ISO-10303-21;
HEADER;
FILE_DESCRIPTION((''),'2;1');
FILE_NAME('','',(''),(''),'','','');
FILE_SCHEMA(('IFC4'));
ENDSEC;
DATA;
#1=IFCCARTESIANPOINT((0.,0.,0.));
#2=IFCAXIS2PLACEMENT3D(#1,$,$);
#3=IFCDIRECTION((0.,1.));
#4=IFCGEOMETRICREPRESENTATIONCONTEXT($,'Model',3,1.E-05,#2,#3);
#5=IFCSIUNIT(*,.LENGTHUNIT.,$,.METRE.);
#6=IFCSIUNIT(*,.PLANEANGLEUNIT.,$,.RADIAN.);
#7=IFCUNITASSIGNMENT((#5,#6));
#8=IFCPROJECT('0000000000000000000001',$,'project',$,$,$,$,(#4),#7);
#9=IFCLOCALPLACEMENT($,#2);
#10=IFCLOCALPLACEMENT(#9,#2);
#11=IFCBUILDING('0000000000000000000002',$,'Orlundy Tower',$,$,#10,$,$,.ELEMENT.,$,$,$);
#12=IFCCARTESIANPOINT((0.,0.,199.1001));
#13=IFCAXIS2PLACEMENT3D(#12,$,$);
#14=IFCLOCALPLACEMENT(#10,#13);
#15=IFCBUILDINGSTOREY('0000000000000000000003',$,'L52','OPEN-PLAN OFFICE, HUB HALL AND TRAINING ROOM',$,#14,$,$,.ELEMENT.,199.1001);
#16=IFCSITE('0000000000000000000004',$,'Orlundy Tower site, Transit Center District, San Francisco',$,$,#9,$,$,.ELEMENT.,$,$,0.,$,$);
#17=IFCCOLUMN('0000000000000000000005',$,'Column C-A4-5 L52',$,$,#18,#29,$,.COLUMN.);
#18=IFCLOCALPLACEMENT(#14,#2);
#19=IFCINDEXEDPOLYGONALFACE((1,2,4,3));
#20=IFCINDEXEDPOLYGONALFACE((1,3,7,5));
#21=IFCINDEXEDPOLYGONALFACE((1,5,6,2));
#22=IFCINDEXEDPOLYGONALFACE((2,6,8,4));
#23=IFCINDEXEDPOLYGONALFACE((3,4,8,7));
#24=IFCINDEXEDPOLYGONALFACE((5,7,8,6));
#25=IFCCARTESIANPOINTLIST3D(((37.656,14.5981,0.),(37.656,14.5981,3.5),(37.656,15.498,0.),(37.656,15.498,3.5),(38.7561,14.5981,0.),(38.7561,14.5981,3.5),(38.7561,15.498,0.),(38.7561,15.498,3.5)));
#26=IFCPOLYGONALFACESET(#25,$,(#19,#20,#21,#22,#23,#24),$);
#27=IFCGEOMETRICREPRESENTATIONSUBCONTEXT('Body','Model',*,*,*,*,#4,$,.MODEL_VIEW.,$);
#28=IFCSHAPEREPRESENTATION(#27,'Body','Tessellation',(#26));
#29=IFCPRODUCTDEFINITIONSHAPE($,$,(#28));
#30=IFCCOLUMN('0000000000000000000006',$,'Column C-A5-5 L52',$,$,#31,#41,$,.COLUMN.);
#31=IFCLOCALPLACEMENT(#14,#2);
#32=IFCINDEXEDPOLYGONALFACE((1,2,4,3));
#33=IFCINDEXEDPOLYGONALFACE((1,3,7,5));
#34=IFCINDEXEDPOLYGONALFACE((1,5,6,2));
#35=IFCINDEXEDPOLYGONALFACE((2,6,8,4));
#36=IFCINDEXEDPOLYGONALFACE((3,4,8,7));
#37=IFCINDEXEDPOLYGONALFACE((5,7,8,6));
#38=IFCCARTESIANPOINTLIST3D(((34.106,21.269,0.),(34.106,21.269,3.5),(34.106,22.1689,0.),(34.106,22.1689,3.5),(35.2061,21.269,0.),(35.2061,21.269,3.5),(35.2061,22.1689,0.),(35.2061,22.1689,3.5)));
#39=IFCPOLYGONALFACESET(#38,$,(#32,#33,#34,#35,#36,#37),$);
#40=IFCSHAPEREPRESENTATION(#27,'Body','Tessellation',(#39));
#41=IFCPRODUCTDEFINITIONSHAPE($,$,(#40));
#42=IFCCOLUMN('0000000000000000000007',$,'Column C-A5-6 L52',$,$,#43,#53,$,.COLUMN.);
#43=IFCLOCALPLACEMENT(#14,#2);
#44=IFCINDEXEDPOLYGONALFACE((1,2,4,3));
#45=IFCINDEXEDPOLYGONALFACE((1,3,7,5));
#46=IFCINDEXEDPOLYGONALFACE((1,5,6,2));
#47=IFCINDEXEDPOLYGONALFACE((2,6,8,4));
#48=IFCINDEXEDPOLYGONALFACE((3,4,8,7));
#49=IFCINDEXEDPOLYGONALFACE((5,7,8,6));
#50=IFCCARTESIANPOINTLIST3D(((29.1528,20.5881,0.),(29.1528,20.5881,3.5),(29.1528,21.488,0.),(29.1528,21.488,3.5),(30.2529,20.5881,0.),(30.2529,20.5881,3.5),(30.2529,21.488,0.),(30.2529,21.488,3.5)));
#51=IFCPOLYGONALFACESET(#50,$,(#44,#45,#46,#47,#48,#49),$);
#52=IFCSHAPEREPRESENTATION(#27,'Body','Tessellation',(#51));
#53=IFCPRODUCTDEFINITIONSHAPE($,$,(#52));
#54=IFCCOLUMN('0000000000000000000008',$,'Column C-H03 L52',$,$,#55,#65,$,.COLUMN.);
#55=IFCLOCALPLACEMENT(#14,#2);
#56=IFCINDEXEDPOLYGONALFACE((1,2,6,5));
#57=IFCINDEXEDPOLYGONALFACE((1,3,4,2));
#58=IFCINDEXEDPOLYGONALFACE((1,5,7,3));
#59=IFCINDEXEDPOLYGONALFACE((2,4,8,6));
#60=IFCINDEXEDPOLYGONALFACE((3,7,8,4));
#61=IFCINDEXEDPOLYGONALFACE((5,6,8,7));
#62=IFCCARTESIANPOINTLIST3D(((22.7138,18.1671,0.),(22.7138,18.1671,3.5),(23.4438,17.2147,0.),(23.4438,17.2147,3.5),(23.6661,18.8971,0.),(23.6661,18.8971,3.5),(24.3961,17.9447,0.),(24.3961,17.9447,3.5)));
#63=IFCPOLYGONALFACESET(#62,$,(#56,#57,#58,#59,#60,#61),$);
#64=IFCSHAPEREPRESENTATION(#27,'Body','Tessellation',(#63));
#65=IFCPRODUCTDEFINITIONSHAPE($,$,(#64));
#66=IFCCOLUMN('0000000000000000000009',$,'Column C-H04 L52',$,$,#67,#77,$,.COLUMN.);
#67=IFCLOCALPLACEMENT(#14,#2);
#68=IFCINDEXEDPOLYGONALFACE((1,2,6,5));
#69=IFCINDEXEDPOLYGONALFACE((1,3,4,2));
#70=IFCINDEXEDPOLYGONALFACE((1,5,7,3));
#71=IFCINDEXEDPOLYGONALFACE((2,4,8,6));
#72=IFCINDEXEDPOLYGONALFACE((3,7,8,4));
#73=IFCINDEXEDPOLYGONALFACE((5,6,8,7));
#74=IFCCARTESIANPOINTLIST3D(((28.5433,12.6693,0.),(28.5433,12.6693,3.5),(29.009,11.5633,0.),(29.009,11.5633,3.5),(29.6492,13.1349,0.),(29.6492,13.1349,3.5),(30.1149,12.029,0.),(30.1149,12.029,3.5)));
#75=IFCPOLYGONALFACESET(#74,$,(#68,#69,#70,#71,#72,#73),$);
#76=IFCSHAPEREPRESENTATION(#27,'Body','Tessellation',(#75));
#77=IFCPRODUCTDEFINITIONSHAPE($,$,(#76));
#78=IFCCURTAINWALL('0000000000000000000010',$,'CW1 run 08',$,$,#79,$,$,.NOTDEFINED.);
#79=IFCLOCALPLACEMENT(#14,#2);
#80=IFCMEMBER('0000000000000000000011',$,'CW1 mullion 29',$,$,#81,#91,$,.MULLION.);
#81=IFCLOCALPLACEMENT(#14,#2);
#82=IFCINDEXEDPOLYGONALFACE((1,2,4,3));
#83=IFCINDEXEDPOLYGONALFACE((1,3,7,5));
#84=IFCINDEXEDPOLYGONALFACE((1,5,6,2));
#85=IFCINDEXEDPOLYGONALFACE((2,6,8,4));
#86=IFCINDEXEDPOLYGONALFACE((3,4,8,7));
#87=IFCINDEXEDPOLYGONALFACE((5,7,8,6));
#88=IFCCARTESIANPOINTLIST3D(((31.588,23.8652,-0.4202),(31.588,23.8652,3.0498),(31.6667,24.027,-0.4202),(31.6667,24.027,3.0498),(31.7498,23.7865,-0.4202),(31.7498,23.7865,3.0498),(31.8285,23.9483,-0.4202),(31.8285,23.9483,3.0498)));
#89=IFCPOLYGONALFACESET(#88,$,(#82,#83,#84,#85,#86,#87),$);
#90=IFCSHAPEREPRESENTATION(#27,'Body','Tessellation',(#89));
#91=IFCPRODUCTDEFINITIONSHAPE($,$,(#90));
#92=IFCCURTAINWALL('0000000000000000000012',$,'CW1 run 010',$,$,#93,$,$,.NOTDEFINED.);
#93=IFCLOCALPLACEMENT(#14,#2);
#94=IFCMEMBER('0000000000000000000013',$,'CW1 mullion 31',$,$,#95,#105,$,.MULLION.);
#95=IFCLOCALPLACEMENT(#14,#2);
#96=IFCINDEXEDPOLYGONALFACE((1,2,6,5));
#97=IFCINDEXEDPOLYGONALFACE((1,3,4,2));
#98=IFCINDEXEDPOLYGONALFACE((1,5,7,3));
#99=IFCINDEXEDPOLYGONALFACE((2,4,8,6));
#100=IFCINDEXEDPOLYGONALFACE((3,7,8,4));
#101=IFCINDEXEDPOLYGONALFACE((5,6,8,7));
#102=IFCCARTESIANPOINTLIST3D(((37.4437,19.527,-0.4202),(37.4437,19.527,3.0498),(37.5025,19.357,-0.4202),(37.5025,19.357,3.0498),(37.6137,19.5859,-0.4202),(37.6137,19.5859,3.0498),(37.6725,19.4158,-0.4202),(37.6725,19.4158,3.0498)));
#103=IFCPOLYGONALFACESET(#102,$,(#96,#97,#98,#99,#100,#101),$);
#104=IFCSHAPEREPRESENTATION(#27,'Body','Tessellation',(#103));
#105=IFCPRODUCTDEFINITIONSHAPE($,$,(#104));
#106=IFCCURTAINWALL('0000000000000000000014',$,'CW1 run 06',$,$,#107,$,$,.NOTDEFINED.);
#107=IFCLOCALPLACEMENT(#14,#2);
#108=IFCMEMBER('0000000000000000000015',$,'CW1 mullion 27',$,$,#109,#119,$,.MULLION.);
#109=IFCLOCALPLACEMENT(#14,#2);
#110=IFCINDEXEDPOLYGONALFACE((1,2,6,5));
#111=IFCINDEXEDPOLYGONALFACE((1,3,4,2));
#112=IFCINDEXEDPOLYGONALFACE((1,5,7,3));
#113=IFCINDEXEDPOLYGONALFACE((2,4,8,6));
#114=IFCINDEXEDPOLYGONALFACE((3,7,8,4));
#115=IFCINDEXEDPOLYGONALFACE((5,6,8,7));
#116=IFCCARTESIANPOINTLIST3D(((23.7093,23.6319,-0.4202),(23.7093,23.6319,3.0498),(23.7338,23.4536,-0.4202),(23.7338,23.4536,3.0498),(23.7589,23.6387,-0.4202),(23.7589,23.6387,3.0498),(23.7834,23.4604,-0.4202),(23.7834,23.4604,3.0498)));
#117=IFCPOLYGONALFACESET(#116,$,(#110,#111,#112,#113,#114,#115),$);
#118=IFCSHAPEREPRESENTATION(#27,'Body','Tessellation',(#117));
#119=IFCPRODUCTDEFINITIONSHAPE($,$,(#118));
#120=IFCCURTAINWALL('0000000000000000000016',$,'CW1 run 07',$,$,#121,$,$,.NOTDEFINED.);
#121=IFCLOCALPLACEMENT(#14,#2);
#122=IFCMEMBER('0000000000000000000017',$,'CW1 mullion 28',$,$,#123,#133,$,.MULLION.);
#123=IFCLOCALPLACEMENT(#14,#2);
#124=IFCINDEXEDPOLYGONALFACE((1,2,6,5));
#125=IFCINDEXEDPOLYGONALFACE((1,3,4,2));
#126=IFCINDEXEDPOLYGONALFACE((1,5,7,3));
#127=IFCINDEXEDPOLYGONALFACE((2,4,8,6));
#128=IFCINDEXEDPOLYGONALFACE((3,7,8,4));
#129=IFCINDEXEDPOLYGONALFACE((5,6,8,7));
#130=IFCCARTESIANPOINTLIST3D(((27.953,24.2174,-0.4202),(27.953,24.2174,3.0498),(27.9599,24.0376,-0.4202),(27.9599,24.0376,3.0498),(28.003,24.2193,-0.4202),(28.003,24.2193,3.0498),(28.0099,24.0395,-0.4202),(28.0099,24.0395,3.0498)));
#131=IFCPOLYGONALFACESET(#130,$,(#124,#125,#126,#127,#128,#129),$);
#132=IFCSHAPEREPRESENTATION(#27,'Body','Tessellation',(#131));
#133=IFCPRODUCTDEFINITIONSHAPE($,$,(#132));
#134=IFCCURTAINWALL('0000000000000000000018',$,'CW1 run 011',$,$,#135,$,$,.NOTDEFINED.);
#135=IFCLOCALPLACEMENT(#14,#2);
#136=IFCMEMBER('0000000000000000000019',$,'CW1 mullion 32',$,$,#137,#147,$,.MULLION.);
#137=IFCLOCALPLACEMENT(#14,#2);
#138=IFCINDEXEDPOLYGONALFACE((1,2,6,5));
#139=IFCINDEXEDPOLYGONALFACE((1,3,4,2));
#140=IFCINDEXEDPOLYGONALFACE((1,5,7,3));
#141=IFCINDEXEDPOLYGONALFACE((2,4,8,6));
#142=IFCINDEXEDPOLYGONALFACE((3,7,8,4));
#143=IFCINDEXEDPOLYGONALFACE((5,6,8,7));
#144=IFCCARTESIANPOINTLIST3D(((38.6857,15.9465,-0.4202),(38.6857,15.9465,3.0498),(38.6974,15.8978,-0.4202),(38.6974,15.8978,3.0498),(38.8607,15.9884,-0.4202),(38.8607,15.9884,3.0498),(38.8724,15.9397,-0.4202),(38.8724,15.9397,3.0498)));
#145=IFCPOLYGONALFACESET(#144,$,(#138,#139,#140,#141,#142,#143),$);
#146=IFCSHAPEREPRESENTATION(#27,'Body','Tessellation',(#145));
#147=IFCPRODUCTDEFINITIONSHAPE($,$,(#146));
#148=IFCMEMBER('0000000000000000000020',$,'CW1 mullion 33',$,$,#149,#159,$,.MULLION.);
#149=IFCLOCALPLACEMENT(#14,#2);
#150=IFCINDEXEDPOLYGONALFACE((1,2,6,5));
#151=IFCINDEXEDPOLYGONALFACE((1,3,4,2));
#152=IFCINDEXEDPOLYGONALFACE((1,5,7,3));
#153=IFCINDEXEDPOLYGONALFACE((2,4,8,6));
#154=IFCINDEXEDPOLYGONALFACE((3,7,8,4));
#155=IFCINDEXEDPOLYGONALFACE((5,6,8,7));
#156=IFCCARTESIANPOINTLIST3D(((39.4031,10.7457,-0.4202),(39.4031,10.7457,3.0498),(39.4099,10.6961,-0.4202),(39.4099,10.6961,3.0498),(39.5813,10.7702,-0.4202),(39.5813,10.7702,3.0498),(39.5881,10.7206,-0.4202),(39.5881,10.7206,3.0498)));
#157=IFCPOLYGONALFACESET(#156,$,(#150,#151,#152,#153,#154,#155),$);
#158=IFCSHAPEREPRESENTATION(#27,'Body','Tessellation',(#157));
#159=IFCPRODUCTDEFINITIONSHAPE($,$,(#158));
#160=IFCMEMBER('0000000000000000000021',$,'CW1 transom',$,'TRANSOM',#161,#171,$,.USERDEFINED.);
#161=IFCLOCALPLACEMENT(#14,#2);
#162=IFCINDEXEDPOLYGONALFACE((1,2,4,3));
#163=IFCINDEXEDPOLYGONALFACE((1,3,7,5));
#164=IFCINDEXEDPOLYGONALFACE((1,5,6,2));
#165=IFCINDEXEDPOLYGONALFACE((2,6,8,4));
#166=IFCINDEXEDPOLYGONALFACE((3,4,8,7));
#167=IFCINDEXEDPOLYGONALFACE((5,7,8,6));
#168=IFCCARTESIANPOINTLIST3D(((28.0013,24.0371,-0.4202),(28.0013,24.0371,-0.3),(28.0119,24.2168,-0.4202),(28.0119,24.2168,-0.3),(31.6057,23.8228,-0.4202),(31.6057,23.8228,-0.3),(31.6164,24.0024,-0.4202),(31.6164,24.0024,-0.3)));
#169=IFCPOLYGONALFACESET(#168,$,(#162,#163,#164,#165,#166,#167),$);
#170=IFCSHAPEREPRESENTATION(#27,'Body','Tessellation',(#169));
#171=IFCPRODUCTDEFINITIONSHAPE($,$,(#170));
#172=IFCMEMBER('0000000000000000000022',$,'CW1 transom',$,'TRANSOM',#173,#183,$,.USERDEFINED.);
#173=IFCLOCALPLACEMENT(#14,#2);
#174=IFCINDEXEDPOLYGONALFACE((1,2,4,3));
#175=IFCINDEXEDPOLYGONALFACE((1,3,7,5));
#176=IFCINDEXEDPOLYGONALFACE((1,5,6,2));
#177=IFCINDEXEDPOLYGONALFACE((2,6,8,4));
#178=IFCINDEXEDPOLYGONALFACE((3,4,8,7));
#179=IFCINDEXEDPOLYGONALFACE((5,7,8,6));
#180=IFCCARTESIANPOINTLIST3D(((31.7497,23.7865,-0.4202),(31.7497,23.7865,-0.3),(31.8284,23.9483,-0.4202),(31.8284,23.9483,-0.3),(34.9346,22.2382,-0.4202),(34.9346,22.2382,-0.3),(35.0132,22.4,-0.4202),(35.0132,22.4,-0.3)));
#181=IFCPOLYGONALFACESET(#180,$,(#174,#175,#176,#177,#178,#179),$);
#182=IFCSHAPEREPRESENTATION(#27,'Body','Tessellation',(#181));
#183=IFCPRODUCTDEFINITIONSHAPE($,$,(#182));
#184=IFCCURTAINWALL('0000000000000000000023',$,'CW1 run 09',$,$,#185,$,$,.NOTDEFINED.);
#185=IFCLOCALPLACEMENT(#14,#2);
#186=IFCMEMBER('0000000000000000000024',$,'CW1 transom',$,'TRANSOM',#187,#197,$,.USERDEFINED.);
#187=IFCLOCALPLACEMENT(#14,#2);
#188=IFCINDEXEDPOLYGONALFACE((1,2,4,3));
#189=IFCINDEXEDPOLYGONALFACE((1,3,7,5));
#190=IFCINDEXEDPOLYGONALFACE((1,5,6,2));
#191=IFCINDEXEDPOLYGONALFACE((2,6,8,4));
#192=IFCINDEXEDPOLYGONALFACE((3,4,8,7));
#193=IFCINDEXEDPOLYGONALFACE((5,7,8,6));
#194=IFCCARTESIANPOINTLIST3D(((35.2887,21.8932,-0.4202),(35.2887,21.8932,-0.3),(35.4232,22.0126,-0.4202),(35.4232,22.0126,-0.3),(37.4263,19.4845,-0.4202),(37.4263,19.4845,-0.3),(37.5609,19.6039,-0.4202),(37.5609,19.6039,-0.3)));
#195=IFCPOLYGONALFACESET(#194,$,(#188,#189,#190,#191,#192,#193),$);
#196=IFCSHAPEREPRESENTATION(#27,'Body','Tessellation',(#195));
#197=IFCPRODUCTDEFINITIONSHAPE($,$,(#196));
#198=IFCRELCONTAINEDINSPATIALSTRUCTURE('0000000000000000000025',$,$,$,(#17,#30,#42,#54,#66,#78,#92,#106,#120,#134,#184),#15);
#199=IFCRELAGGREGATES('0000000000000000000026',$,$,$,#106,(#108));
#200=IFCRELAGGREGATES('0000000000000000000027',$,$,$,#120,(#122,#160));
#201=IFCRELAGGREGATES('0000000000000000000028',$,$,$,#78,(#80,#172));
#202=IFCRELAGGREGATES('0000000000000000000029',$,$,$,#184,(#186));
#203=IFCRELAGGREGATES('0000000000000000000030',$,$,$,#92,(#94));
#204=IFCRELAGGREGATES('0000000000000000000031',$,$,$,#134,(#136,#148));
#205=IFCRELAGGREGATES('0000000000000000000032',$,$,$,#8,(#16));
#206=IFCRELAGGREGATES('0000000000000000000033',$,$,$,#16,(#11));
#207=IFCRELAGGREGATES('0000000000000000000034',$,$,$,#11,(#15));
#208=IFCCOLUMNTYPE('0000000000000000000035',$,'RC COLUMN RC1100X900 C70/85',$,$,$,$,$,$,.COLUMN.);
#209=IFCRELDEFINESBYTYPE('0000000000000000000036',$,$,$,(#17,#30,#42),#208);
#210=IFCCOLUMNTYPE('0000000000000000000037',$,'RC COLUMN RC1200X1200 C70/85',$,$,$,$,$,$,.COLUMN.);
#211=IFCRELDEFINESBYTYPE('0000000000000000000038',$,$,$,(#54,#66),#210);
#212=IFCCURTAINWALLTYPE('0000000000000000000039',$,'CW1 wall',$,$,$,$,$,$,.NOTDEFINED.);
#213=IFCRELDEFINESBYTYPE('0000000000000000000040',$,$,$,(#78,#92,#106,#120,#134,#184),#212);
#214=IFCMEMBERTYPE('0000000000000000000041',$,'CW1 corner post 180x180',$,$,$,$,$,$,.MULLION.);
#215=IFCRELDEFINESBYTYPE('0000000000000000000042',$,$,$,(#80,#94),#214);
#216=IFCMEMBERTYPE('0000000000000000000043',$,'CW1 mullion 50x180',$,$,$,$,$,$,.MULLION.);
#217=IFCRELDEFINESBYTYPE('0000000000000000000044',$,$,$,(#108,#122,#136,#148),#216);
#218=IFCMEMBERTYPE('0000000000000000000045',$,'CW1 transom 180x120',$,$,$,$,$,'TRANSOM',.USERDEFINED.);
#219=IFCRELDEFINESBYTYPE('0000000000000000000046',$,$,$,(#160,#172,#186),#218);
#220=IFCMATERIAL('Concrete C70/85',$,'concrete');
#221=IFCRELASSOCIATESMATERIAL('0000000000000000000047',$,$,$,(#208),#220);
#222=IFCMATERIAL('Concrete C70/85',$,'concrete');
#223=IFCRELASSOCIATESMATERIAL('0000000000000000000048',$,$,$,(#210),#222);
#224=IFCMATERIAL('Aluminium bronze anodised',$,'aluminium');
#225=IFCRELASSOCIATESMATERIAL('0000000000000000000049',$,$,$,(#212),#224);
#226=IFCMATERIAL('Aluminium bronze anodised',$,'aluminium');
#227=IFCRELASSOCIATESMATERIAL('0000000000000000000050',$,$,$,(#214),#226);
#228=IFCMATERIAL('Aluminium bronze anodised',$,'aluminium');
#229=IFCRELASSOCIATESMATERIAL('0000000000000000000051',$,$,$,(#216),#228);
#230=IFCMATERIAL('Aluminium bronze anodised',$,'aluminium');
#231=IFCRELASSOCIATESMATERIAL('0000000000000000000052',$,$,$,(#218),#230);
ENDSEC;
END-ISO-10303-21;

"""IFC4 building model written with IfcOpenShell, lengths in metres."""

from ifc_helpers import new_model, si_unit, direction, frame, origin, origin_2d, place, context, subcontext, project, spatial, rectangle, extrude, material, material_profile, profile_set, type_object, element, aggregate, save


model = new_model("IFC4")

# Units and contexts
model_context = context("Model", 3, precision=1e-05, world=origin(), true_north=direction((0.0, 1.0)))
body_context = subcontext(model_context, "Body", "Model", "MODEL_VIEW")
ifc_project = project(units=[si_unit("LENGTHUNIT", "METRE"), si_unit("PLANEANGLEUNIT", "RADIAN")], contexts=[model_context])

# Site, building, storey
site_placement = place(None, origin())
site = spatial("IfcSite", under=ifc_project, at=site_placement, Name="Orlundy Tower site, Transit Center District, San Francisco", CompositionType="ELEMENT", RefElevation=0.0)
building_placement = place(site_placement, origin())
building = spatial("IfcBuilding", under=site, at=building_placement, Name="Orlundy Tower", CompositionType="ELEMENT")
storey_placement = place(building_placement, frame((0.0, 0.0, 199.1001)))
storey = spatial("IfcBuildingStorey", under=building, at=storey_placement, Name="L52", Description="OPEN-PLAN OFFICE, HUB HALL AND TRAINING ROOM", CompositionType="ELEMENT", Elevation=199.1001)

# Columns
ifc_material_1 = material(Name="Concrete C70/85", Category="concrete")
ifc_material_profile_1 = material_profile(ifc_material_1, rectangle(XDim=1.1001, YDim=0.8999, at=origin_2d()), Name="RC1100X900")
ifc_profile_set_1 = profile_set([ifc_material_profile_1], Name="Concrete C70/85")
column_type_1 = type_object("IfcColumnType", Name="RC COLUMN RC1100X900 C70/85", PredefinedType="COLUMN", material=ifc_profile_set_1)
for number, where, z_axis, x_axis, name in (
    (1, (38.2061, 15.0481, 0.0), (0.0, 0.0, 1.0), (1.0, 0.0, 0.0), "Column C-A4-5 L52"),
    (2, (34.656, 21.719, 0.0), (0.0, 0.0, 1.0), (1.0, 0.0, 0.0), "Column C-A5-5 L52"),
    (3, (29.7029, 21.0381, 0.0), (0.0, 0.0, 1.0), (1.0, 0.0, 0.0), "Column C-A5-6 L52"),
):
    element("IfcColumn", number, at=place(storey_placement, frame(where, z_axis=z_axis, x_axis=x_axis)), inside=storey, type_object=column_type_1, Name=name, PredefinedType="COLUMN", context=body_context, shape_type="SweptSolid", body=[
        extrude(rectangle(XDim=1.1001, YDim=0.8999, at=origin_2d()), origin(), (0.0, 0.0, 1.0), 3.5),
    ])
ifc_material_2 = material(Name="Concrete C70/85", Category="concrete")
ifc_material_profile_2 = material_profile(ifc_material_2, rectangle(XDim=1.2, YDim=1.2, at=origin_2d()), Name="RC1200X1200")
ifc_profile_set_2 = profile_set([ifc_material_profile_2], Name="Concrete C70/85")
column_type_2 = type_object("IfcColumnType", Name="RC COLUMN RC1200X1200 C70/85", PredefinedType="COLUMN", material=ifc_profile_set_2)
for number, where, z_axis, x_axis, name in (
    (4, (23.5549, 18.0559, 0.0), (0.0, 0.0, 1.0), (0.793651, 0.608374, 0.0), "Column C-H03 L52"),
    (5, (29.3291, 12.3491, 0.0), (0.0, 0.0, 1.0), (0.921633, 0.388063, 0.0), "Column C-H04 L52"),
):
    element("IfcColumn", number, at=place(storey_placement, frame(where, z_axis=z_axis, x_axis=x_axis)), inside=storey, type_object=column_type_2, Name=name, PredefinedType="COLUMN", context=body_context, shape_type="SweptSolid", body=[
        extrude(rectangle(XDim=1.2, YDim=1.2, at=origin_2d()), origin(), (0.0, 0.0, 1.0), 3.5),
    ])

# Curtain walls, members
ifc_material_3 = material(Name="Aluminium bronze anodised", Category="aluminium")
curtain_wall_type = type_object("IfcCurtainWallType", Name="CW1 wall", PredefinedType="NOTDEFINED", material=ifc_material_3)
curtain_wall_1_placement = place(storey_placement, origin())
curtain_wall_1 = element("IfcCurtainWall", 6, at=curtain_wall_1_placement, inside=storey, type_object=curtain_wall_type, Name="CW1 run 08", PredefinedType="NOTDEFINED")
ifc_material_4 = material(Name="Aluminium bronze anodised", Category="aluminium")
ifc_material_profile_3 = material_profile(ifc_material_4, rectangle(XDim=0.1799, YDim=0.1799, at=origin_2d()), Name="CW1 corner post 180x180")
ifc_profile_set_3 = profile_set([ifc_material_profile_3], Name="Aluminium bronze anodised")
member_type_1 = type_object("IfcMemberType", Name="CW1 corner post 180x180", PredefinedType="MULLION", material=ifc_profile_set_3)
member_1_placement = place(storey_placement, frame((31.7083, 23.9067, -0.4202), z_axis=(0.0, 0.0, 1.0), x_axis=(0.437259, 0.899335, 0.0)))
member_1 = element("IfcMember", 7, at=member_1_placement, type_object=member_type_1, Name="CW1 mullion 29", PredefinedType="MULLION", context=body_context, shape_type="SweptSolid", body=[
    extrude(rectangle(XDim=0.1799, YDim=0.1799, at=origin_2d()), origin(), (0.0, 0.0, 1.0), 3.47),
])
curtain_wall_2_placement = place(storey_placement, origin())
curtain_wall_2 = element("IfcCurtainWall", 8, at=curtain_wall_2_placement, inside=storey, type_object=curtain_wall_type, Name="CW1 run 010", PredefinedType="NOTDEFINED")
member_2_placement = place(storey_placement, frame((37.5581, 19.4714, -0.4202), z_axis=(0.0, 0.0, 1.0), x_axis=(0.945034, 0.326972, 0.0)))
member_2 = element("IfcMember", 9, at=member_2_placement, type_object=member_type_1, Name="CW1 mullion 31", PredefinedType="MULLION", context=body_context, shape_type="SweptSolid", body=[
    extrude(rectangle(XDim=0.1799, YDim=0.1799, at=origin_2d()), origin(), (0.0, 0.0, 1.0), 3.47),
])
curtain_wall_3_placement = place(storey_placement, origin())
curtain_wall_3 = element("IfcCurtainWall", 10, at=curtain_wall_3_placement, inside=storey, type_object=curtain_wall_type, Name="CW1 run 06", PredefinedType="NOTDEFINED")
ifc_material_5 = material(Name="Aluminium bronze anodised", Category="aluminium")
ifc_material_profile_4 = material_profile(ifc_material_5, rectangle(XDim=0.1799, YDim=0.05, at=origin_2d()), Name="CW1 mullion 50x180")
ifc_profile_set_4 = profile_set([ifc_material_profile_4], Name="Aluminium bronze anodised")
member_type_2 = type_object("IfcMemberType", Name="CW1 mullion 50x180", PredefinedType="MULLION", material=ifc_profile_set_4)
member_3_placement = place(storey_placement, frame((23.7463, 23.5461, -0.4202), z_axis=(0.0, 0.0, 1.0), x_axis=(-0.136185, 0.990683, 0.0)))
member_3 = element("IfcMember", 11, at=member_3_placement, type_object=member_type_2, Name="CW1 mullion 27", PredefinedType="MULLION", context=body_context, shape_type="SweptSolid", body=[
    extrude(rectangle(XDim=0.1799, YDim=0.05, at=origin_2d()), origin(), (0.0, 0.0, 1.0), 3.47),
])
curtain_wall_4_placement = place(storey_placement, origin())
curtain_wall_4 = element("IfcCurtainWall", 12, at=curtain_wall_4_placement, inside=storey, type_object=curtain_wall_type, Name="CW1 run 07", PredefinedType="NOTDEFINED")
member_4_placement = place(storey_placement, frame((27.9814, 24.1284, -0.4202), z_axis=(0.0, 0.0, 1.0), x_axis=(-0.038601, 0.999255, 0.0)))
member_4 = element("IfcMember", 13, at=member_4_placement, type_object=member_type_2, Name="CW1 mullion 28", PredefinedType="MULLION", context=body_context, shape_type="SweptSolid", body=[
    extrude(rectangle(XDim=0.1799, YDim=0.05, at=origin_2d()), origin(), (0.0, 0.0, 1.0), 3.47),
])

# Curtain wall, members
curtain_wall_5_placement = place(storey_placement, origin())
curtain_wall_5 = element("IfcCurtainWall", 14, at=curtain_wall_5_placement, inside=storey, type_object=curtain_wall_type, Name="CW1 run 011", PredefinedType="NOTDEFINED")
member_5_placement = place(storey_placement, frame((38.7791, 15.9431, -0.4202), z_axis=(0.0, 0.0, 1.0), x_axis=(0.972537, 0.23275, 0.0)))
member_5 = element("IfcMember", 15, at=member_5_placement, type_object=member_type_2, Name="CW1 mullion 32", PredefinedType="MULLION", context=body_context, shape_type="SweptSolid", body=[
    extrude(rectangle(XDim=0.1799, YDim=0.05, at=origin_2d()), origin(), (0.0, 0.0, 1.0), 3.47),
])
member_6_placement = place(storey_placement, frame((39.4956, 10.7332, -0.4202), z_axis=(0.0, 0.0, 1.0), x_axis=(0.99067, 0.136286, 0.0)))
member_6 = element("IfcMember", 16, at=member_6_placement, type_object=member_type_2, Name="CW1 mullion 33", PredefinedType="MULLION", context=body_context, shape_type="SweptSolid", body=[
    extrude(rectangle(XDim=0.1799, YDim=0.05, at=origin_2d()), origin(), (0.0, 0.0, 1.0), 3.47),
])

# Members
ifc_material_6 = material(Name="Aluminium bronze anodised", Category="aluminium")
ifc_material_profile_5 = material_profile(ifc_material_6, rectangle(XDim=0.1799, YDim=0.1201, at=origin_2d()), Name="CW1 transom 180x120")
ifc_profile_set_5 = profile_set([ifc_material_profile_5], Name="Aluminium bronze anodised")
member_type_3 = type_object("IfcMemberType", Name="CW1 transom 180x120", ElementType="TRANSOM", PredefinedType="USERDEFINED", material=ifc_profile_set_5)
member_7_placement = place(storey_placement, frame((28.0066, 24.127, -0.3601), z_axis=(0.998236, -0.059364, 0.0), x_axis=(0.059364, 0.998236, 0.0)))
member_7 = element("IfcMember", 17, at=member_7_placement, type_object=member_type_3, Name="CW1 transom", ObjectType="TRANSOM", PredefinedType="USERDEFINED", context=body_context, shape_type="SweptSolid", body=[
    extrude(rectangle(XDim=0.1799, YDim=0.1201, at=origin_2d()), origin(), (0.0, 0.0, 1.0), 3.6108),
])
member_8_placement = place(storey_placement, frame((31.7891, 23.8674, -0.3601), z_axis=(0.899349, -0.437231, 0.0), x_axis=(0.437231, 0.899349, 0.0)))
member_8 = element("IfcMember", 18, at=member_8_placement, type_object=member_type_3, Name="CW1 transom", ObjectType="TRANSOM", PredefinedType="USERDEFINED", context=body_context, shape_type="SweptSolid", body=[
    extrude(rectangle(XDim=0.1799, YDim=0.1201, at=origin_2d()), origin(), (0.0, 0.0, 1.0), 3.5413),
])

# Curtain wall, member
curtain_wall_6_placement = place(storey_placement, origin())
curtain_wall_6 = element("IfcCurtainWall", 19, at=curtain_wall_6_placement, inside=storey, type_object=curtain_wall_type, Name="CW1 run 09", PredefinedType="NOTDEFINED")
member_9_placement = place(storey_placement, frame((35.356, 21.9529, -0.3601), z_axis=(0.66378, -0.747928, 0.0), x_axis=(0.747928, 0.66378, 0.0)))
member_9 = element("IfcMember", 20, at=member_9_placement, type_object=member_type_3, Name="CW1 transom", ObjectType="TRANSOM", PredefinedType="USERDEFINED", context=body_context, shape_type="SweptSolid", body=[
    extrude(rectangle(XDim=0.1799, YDim=0.1201, at=origin_2d()), origin(), (0.0, 0.0, 1.0), 3.2205),
])

aggregate(curtain_wall_3, [member_3])
aggregate(curtain_wall_4, [member_4, member_7])
aggregate(curtain_wall_1, [member_1, member_8])
aggregate(curtain_wall_6, [member_9])
aggregate(curtain_wall_2, [member_2])
aggregate(curtain_wall_5, [member_5, member_6])

save(model, "model.ifc")
